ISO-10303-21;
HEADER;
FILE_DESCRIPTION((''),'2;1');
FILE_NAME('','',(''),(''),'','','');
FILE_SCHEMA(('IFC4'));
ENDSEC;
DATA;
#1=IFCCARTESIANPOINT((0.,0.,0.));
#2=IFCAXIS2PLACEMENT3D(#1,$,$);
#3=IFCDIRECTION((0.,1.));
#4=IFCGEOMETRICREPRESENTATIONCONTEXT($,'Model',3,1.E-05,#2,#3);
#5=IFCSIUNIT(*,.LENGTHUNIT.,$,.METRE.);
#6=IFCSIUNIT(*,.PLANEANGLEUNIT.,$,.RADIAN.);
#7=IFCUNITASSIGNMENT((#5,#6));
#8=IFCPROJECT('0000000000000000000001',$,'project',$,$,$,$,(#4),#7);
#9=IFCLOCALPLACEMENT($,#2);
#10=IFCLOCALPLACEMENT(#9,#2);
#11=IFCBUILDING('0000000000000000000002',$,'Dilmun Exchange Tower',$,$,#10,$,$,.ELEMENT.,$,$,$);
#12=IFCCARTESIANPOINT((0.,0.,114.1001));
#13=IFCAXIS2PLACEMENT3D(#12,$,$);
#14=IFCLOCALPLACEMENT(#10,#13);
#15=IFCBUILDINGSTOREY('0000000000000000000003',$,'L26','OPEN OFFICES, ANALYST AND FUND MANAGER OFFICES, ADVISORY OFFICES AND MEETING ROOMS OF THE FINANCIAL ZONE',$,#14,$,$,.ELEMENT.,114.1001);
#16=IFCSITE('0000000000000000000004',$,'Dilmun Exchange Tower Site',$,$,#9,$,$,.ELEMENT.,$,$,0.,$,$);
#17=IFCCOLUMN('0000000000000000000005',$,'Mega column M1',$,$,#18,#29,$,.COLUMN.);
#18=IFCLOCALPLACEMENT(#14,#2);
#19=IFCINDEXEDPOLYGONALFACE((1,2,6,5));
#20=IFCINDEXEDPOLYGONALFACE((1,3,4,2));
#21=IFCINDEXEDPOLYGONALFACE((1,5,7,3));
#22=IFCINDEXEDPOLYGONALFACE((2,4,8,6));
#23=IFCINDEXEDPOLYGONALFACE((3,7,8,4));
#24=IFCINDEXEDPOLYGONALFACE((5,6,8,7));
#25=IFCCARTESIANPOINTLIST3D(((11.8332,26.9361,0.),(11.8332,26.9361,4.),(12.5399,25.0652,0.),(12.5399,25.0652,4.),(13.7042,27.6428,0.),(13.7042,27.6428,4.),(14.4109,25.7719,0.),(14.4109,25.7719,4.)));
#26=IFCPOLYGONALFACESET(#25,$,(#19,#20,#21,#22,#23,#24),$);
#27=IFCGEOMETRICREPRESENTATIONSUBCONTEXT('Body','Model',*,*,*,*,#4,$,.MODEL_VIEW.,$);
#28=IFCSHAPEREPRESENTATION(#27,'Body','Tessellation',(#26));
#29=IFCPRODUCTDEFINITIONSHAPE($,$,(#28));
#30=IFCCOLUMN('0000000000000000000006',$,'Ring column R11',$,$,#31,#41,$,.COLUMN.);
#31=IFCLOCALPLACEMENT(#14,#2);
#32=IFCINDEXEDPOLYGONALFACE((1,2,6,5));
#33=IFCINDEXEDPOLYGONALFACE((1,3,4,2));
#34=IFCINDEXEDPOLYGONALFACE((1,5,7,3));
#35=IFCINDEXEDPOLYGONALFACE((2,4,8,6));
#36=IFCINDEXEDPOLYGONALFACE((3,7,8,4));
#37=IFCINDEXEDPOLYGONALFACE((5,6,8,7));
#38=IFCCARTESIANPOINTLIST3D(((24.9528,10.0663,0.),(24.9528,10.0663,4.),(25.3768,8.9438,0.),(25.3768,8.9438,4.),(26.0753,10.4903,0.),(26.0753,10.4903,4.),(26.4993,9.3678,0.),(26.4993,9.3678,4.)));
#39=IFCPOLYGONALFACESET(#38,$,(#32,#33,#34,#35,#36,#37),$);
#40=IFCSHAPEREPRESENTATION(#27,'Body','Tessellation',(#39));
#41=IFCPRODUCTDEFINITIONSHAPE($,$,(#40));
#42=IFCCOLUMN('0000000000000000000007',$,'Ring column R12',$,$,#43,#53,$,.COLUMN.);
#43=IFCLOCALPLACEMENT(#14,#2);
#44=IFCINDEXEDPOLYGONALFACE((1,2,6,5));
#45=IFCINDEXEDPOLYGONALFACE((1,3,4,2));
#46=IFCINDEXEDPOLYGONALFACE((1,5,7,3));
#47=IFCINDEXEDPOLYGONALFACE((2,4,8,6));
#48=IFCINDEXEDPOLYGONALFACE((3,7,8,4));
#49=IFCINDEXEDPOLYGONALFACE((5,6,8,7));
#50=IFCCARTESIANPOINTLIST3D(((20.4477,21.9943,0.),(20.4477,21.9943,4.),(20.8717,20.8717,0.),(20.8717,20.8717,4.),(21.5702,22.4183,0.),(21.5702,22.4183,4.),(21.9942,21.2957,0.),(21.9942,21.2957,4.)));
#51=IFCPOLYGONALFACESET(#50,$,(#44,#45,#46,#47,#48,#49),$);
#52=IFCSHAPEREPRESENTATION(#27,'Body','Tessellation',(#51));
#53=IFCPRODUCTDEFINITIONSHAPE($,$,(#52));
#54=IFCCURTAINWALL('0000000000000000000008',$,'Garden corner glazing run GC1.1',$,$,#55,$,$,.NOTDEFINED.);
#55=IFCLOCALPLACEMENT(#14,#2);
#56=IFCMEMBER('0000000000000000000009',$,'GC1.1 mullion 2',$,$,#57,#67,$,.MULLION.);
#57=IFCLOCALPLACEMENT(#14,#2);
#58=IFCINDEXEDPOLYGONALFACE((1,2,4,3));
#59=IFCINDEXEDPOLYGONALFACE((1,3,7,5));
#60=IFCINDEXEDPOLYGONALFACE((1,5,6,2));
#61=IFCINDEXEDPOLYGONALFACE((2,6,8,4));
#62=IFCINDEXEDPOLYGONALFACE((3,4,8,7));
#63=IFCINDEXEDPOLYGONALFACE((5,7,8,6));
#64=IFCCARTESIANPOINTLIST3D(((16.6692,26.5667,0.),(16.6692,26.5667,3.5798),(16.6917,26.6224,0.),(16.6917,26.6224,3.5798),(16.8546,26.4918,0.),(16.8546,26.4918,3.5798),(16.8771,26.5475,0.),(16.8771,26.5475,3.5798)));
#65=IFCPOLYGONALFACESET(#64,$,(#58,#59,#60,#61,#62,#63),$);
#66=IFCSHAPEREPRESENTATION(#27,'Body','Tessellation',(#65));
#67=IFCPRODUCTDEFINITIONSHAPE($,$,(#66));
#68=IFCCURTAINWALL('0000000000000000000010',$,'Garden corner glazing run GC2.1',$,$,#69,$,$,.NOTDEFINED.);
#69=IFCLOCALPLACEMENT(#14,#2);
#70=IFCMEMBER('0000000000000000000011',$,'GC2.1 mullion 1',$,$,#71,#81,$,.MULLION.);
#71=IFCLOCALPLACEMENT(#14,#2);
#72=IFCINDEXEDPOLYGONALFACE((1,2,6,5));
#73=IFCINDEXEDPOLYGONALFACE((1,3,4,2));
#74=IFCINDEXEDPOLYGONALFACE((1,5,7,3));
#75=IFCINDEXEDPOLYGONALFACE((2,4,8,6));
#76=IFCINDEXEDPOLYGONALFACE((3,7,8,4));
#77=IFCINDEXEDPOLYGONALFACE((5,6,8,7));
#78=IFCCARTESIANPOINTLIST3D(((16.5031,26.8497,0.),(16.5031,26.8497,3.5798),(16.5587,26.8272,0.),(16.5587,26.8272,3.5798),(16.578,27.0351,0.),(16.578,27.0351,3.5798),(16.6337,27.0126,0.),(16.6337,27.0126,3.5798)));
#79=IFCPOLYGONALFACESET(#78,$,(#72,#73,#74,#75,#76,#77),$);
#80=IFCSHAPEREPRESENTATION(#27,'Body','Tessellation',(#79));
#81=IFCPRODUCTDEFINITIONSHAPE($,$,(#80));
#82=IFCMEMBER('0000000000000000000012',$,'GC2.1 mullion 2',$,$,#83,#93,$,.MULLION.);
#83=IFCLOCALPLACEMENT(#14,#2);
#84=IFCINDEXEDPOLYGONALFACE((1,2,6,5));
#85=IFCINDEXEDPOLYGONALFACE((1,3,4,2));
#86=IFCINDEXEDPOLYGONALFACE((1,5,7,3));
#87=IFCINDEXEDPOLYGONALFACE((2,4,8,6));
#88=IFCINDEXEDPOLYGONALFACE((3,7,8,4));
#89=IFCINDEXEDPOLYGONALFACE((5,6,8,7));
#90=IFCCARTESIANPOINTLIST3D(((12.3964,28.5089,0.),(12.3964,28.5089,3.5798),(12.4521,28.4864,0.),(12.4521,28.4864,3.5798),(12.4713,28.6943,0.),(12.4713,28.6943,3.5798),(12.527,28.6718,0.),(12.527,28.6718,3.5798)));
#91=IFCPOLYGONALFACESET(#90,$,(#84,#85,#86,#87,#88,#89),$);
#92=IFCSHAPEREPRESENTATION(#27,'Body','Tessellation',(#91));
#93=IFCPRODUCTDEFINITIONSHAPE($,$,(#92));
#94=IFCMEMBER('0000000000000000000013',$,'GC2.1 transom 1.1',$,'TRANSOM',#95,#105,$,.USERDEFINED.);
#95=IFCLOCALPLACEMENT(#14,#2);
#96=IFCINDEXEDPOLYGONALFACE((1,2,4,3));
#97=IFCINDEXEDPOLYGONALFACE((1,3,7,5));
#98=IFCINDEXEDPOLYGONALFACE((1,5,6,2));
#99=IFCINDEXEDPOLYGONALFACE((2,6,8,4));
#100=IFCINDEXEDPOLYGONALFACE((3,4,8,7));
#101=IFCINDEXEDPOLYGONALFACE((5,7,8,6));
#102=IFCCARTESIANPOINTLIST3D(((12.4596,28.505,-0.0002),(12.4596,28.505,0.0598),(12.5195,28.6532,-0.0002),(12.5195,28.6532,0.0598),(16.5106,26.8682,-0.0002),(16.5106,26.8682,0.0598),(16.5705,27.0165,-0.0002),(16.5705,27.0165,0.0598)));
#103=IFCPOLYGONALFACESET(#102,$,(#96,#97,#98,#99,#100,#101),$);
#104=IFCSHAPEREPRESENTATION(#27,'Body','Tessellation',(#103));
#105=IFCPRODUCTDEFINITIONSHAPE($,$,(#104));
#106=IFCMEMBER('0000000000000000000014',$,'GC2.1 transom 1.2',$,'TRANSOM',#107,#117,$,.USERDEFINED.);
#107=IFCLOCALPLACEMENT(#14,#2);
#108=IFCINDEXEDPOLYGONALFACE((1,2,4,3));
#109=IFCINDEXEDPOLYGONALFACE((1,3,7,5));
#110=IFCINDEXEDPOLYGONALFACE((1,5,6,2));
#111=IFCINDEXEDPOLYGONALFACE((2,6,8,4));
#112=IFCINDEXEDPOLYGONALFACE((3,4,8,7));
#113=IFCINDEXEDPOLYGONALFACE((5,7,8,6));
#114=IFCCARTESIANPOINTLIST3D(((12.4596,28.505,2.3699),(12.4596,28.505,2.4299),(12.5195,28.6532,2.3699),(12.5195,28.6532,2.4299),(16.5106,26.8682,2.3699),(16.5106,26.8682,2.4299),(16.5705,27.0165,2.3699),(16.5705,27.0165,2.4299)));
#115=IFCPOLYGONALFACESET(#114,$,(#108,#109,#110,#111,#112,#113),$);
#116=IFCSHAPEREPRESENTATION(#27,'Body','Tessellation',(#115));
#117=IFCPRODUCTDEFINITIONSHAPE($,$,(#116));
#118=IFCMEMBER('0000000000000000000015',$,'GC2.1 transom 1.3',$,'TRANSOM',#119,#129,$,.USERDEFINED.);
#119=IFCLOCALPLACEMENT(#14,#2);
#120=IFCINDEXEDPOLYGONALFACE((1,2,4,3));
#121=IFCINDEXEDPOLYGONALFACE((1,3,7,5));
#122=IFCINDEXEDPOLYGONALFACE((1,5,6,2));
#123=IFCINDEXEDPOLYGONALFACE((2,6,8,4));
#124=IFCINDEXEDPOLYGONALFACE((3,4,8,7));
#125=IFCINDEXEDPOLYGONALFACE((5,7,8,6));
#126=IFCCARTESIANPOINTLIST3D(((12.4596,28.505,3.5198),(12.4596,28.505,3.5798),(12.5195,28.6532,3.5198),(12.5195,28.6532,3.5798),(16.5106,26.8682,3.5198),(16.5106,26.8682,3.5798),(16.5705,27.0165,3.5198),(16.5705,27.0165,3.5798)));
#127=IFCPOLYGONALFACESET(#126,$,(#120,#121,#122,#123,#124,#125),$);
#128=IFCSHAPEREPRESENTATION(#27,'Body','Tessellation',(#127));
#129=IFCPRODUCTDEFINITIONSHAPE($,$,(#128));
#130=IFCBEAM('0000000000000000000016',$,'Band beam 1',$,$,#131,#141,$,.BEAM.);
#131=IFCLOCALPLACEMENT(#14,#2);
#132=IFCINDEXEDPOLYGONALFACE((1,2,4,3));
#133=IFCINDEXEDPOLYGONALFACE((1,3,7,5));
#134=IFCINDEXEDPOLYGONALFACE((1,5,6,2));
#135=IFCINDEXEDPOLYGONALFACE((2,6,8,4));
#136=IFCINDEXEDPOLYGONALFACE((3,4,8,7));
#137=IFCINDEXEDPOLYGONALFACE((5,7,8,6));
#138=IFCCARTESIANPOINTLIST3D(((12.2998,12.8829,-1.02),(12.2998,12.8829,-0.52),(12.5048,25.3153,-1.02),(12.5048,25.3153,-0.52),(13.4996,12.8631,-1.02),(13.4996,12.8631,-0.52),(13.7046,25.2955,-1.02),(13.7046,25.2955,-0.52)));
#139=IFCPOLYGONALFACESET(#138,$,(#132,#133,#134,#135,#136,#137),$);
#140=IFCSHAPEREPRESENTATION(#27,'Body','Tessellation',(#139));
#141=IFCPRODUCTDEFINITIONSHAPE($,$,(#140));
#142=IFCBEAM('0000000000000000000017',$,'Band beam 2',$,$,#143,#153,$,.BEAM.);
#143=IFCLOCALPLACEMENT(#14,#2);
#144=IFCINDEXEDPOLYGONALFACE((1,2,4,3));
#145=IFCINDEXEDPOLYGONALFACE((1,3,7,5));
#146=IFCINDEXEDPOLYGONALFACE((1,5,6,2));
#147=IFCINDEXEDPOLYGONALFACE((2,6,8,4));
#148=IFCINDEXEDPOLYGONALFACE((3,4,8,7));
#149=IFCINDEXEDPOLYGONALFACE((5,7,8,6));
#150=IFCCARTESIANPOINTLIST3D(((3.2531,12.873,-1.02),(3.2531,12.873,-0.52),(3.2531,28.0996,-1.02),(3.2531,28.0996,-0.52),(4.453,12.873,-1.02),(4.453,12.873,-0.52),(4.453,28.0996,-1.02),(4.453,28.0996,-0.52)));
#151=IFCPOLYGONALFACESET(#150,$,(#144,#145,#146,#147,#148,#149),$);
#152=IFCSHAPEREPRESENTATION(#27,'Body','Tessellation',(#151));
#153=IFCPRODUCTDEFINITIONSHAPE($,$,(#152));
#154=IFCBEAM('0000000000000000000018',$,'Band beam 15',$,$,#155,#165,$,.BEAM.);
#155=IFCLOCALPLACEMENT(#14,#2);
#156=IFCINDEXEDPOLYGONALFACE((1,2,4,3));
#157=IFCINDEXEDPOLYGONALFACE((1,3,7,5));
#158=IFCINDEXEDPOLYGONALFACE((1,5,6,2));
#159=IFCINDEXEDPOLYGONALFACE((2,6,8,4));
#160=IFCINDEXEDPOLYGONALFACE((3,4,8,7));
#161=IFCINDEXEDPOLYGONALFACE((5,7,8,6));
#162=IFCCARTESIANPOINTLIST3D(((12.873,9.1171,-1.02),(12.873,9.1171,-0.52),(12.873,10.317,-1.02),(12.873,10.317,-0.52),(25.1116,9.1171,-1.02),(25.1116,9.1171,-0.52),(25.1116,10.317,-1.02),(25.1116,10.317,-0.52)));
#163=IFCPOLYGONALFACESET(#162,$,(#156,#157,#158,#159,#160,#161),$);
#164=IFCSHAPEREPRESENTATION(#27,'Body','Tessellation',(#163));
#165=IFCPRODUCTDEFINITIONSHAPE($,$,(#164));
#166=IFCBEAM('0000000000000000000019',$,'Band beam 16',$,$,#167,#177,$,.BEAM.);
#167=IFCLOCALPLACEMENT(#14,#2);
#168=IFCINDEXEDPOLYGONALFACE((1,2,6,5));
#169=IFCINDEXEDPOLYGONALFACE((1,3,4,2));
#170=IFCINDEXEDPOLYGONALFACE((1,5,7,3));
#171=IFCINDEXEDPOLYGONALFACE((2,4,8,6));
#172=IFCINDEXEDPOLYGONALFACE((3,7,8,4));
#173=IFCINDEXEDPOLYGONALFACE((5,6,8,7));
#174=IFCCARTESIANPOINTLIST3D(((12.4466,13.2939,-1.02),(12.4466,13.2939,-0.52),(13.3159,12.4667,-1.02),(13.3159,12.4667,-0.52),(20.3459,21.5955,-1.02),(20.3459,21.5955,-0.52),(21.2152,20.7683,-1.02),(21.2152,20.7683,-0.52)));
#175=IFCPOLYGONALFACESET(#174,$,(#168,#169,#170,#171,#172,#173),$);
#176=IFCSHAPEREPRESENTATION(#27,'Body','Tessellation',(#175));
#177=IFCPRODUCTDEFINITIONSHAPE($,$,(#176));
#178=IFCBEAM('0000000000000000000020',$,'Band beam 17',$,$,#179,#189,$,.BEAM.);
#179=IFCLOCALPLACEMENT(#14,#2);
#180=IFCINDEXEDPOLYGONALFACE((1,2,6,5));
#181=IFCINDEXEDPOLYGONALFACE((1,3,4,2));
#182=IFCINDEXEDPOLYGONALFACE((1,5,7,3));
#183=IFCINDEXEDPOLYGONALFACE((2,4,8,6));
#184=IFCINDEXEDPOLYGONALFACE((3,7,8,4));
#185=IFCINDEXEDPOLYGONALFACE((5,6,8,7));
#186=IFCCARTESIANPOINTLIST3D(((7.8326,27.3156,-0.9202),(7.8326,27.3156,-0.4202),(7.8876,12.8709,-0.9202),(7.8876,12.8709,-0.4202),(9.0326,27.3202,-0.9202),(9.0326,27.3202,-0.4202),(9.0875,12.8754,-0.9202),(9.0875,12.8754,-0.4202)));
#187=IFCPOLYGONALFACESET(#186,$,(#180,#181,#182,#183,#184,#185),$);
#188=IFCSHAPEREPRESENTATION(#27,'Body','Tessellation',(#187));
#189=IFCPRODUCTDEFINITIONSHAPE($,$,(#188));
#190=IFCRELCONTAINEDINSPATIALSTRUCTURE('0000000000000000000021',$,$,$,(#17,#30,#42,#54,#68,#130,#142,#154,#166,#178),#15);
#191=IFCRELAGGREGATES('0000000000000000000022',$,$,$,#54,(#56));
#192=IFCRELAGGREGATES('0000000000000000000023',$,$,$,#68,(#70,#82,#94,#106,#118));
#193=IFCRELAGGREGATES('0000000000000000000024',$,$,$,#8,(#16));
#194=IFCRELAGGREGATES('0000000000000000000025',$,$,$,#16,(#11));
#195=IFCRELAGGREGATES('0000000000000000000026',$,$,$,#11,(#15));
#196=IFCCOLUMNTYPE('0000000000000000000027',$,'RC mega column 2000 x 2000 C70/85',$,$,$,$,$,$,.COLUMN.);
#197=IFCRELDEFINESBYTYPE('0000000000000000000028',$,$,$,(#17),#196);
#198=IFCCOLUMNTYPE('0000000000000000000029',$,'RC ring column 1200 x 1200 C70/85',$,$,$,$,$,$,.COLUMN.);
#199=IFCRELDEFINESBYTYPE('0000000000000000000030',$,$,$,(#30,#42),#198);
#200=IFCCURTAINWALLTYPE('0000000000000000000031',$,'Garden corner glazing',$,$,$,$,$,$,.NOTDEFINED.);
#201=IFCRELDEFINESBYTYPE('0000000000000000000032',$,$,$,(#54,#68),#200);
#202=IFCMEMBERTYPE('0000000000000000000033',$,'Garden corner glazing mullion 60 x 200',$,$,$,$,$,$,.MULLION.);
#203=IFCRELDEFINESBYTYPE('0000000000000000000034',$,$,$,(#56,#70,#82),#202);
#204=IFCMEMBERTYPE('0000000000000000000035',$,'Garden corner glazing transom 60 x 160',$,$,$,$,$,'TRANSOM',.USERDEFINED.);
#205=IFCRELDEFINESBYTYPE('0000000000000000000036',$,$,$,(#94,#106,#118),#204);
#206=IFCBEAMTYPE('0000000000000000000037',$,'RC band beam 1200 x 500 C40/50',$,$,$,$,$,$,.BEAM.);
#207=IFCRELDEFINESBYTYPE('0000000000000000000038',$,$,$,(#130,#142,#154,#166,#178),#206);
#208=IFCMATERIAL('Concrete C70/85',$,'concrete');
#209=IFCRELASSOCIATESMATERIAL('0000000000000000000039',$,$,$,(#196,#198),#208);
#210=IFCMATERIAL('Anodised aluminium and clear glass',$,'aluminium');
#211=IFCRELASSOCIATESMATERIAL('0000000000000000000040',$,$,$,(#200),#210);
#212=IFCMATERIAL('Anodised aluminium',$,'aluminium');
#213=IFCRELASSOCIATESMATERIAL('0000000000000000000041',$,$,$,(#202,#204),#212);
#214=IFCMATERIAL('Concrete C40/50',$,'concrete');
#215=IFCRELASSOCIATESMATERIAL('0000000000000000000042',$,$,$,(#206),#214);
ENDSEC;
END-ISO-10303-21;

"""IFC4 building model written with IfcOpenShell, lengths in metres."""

from ifc_helpers import new_model, si_unit, direction, frame, origin, origin_2d, place, context, subcontext, project, spatial, rectangle, extrude, material, material_profile, profile_set, type_object, element, aggregate, save


model = new_model("IFC4")

# Units and contexts
model_context = context("Model", 3, precision=1e-05, world=origin(), true_north=direction((0.0, 1.0)))
body_context = subcontext(model_context, "Body", "Model", "MODEL_VIEW")
ifc_project = project(units=[si_unit("LENGTHUNIT", "METRE"), si_unit("PLANEANGLEUNIT", "RADIAN")], contexts=[model_context])

# Site, building, storey
site_placement = place(None, origin())
site = spatial("IfcSite", under=ifc_project, at=site_placement, Name="Dilmun Exchange Tower Site", CompositionType="ELEMENT", RefElevation=0.0)
building_placement = place(site_placement, origin())
building = spatial("IfcBuilding", under=site, at=building_placement, Name="Dilmun Exchange Tower", CompositionType="ELEMENT")
storey_placement = place(building_placement, frame((0.0, 0.0, 114.1001)))
storey = spatial("IfcBuildingStorey", under=building, at=storey_placement, Name="L26", Description="OPEN OFFICES, ANALYST AND FUND MANAGER OFFICES, ADVISORY OFFICES AND MEETING ROOMS OF THE FINANCIAL ZONE", CompositionType="ELEMENT", Elevation=114.1001)

# Columns
ifc_material_1 = material(Name="Concrete C70/85", Category="concrete")
ifc_material_profile_1 = material_profile(ifc_material_1, rectangle(XDim=2.0, YDim=2.0, at=origin_2d()), Name="2000 x 2000")
ifc_profile_set_1 = profile_set([ifc_material_profile_1], Name="Concrete C70/85")
column_type_1 = type_object("IfcColumnType", Name="RC mega column 2000 x 2000 C70/85", PredefinedType="COLUMN", material=ifc_profile_set_1)
column_placement = place(storey_placement, frame((13.1221, 26.354, 0.0), z_axis=(0.0, 0.0, 1.0), x_axis=(0.935492, 0.353349, 0.0)))
element("IfcColumn", 1, at=column_placement, inside=storey, type_object=column_type_1, Name="Mega column M1", PredefinedType="COLUMN", context=body_context, shape_type="SweptSolid", body=[
    extrude(rectangle(XDim=2.0, YDim=2.0, at=origin_2d()), origin(), (0.0, 0.0, 1.0), 4.0),
])
ifc_material_profile_2 = material_profile(ifc_material_1, rectangle(XDim=1.2, YDim=1.2, at=origin_2d()), Name="1200 x 1200")
ifc_profile_set_2 = profile_set([ifc_material_profile_2], Name="Concrete C70/85")
column_type_2 = type_object("IfcColumnType", Name="RC ring column 1200 x 1200 C70/85", PredefinedType="COLUMN", material=ifc_profile_set_2)
for number, where, z_axis, x_axis, name in (
    (2, (25.7261, 9.717, 0.0), (0.0, 0.0, 1.0), (0.935492, 0.353349, 0.0), "Ring column R11"),
    (3, (21.2209, 21.645, 0.0), (0.0, 0.0, 1.0), (0.935492, 0.353349, 0.0), "Ring column R12"),
):
    element("IfcColumn", number, at=place(storey_placement, frame(where, z_axis=z_axis, x_axis=x_axis)), inside=storey, type_object=column_type_2, Name=name, PredefinedType="COLUMN", context=body_context, shape_type="SweptSolid", body=[
        extrude(rectangle(XDim=1.2, YDim=1.2, at=origin_2d()), origin(), (0.0, 0.0, 1.0), 4.0),
    ])

# Curtain wall, member
ifc_material_2 = material(Name="Anodised aluminium and clear glass", Category="aluminium")
curtain_wall_type = type_object("IfcCurtainWallType", Name="Garden corner glazing", PredefinedType="NOTDEFINED", material=ifc_material_2)
curtain_wall_1_placement = place(storey_placement, origin())
curtain_wall_1 = element("IfcCurtainWall", 4, at=curtain_wall_1_placement, inside=storey, type_object=curtain_wall_type, Name="Garden corner glazing run GC1.1", PredefinedType="NOTDEFINED")
ifc_material_3 = material(Name="Anodised aluminium", Category="aluminium")
ifc_material_profile_3 = material_profile(ifc_material_3, rectangle(XDim=0.2, YDim=0.0601, at=origin_2d()), Name="AL 60x200")
ifc_profile_set_3 = profile_set([ifc_material_profile_3], Name="Anodised aluminium")
member_type_1 = type_object("IfcMemberType", Name="Garden corner glazing mullion 60 x 200", PredefinedType="MULLION", material=ifc_profile_set_3)
member_1_placement = place(storey_placement, frame((16.7732, 26.5571, 0.0), z_axis=(0.0, 0.0, 1.0), x_axis=(0.927182, -0.374612, 0.0)))
member_1 = element("IfcMember", 5, at=member_1_placement, type_object=member_type_1, Name="GC1.1 mullion 2", PredefinedType="MULLION", context=body_context, shape_type="SweptSolid", body=[
    extrude(rectangle(XDim=0.2, YDim=0.0601, at=origin_2d()), origin(), (0.0, 0.0, 1.0), 3.5798),
])
aggregate(curtain_wall_1, [member_1])

# Curtain wall, members
curtain_wall_2_placement = place(storey_placement, origin())
curtain_wall_2 = element("IfcCurtainWall", 6, at=curtain_wall_2_placement, inside=storey, type_object=curtain_wall_type, Name="Garden corner glazing run GC2.1", PredefinedType="NOTDEFINED")
member_2_placement = place(storey_placement, frame((16.5684, 26.9312, 0.0), z_axis=(0.0, 0.0, 1.0), x_axis=(-0.374618, -0.927179, 0.0)))
member_2 = element("IfcMember", 7, at=member_2_placement, type_object=member_type_1, Name="GC2.1 mullion 1", PredefinedType="MULLION", context=body_context, shape_type="SweptSolid", body=[
    extrude(rectangle(XDim=0.2, YDim=0.0601, at=origin_2d()), origin(), (0.0, 0.0, 1.0), 3.5798),
])
member_3_placement = place(storey_placement, frame((12.4617, 28.5903, 0.0), z_axis=(0.0, 0.0, 1.0), x_axis=(-0.374618, -0.927179, 0.0)))
member_3 = element("IfcMember", 8, at=member_3_placement, type_object=member_type_1, Name="GC2.1 mullion 2", PredefinedType="MULLION", context=body_context, shape_type="SweptSolid", body=[
    extrude(rectangle(XDim=0.2, YDim=0.0601, at=origin_2d()), origin(), (0.0, 0.0, 1.0), 3.5798),
])
ifc_material_profile_4 = material_profile(ifc_material_3, rectangle(XDim=0.1599, YDim=0.0601, at=origin_2d()), Name="AL 60x160")
ifc_profile_set_4 = profile_set([ifc_material_profile_4], Name="Anodised aluminium")
member_type_2 = type_object("IfcMemberType", Name="Garden corner glazing transom 60 x 160", ElementType="TRANSOM", PredefinedType="USERDEFINED", material=ifc_profile_set_4)
member_4_placement = place(storey_placement, frame((16.5405, 26.9424, 0.0298), z_axis=(-0.927184, 0.374606, 0.0), x_axis=(-0.374606, -0.927184, 0.0)))
member_4 = element("IfcMember", 9, at=member_4_placement, type_object=member_type_2, Name="GC2.1 transom 1.1", ObjectType="TRANSOM", PredefinedType="USERDEFINED", context=body_context, shape_type="SweptSolid", body=[
    extrude(rectangle(XDim=0.1599, YDim=0.0601, at=origin_2d()), origin(), (0.0, 0.0, 1.0), 4.3691),
])
member_5_placement = place(storey_placement, frame((16.5405, 26.9424, 2.3999), z_axis=(-0.927184, 0.374606, 0.0), x_axis=(-0.374606, -0.927184, 0.0)))
member_5 = element("IfcMember", 10, at=member_5_placement, type_object=member_type_2, Name="GC2.1 transom 1.2", ObjectType="TRANSOM", PredefinedType="USERDEFINED", context=body_context, shape_type="SweptSolid", body=[
    extrude(rectangle(XDim=0.1599, YDim=0.0601, at=origin_2d()), origin(), (0.0, 0.0, 1.0), 4.3691),
])
member_6_placement = place(storey_placement, frame((16.5405, 26.9424, 3.5498), z_axis=(-0.927184, 0.374606, 0.0), x_axis=(-0.374606, -0.927184, 0.0)))
member_6 = element("IfcMember", 11, at=member_6_placement, type_object=member_type_2, Name="GC2.1 transom 1.3", ObjectType="TRANSOM", PredefinedType="USERDEFINED", context=body_context, shape_type="SweptSolid", body=[
    extrude(rectangle(XDim=0.1599, YDim=0.0601, at=origin_2d()), origin(), (0.0, 0.0, 1.0), 4.3691),
])

# Beams
ifc_material_4 = material(Name="Concrete C40/50", Category="concrete")
ifc_material_profile_5 = material_profile(ifc_material_4, rectangle(XDim=1.2, YDim=0.5, at=origin_2d()), Name="1200 x 500")
ifc_profile_set_5 = profile_set([ifc_material_profile_5], Name="Concrete C40/50")
beam_type_1 = type_object("IfcBeamType", Name="RC band beam 1200 x 500 C40/50", PredefinedType="BEAM", material=ifc_profile_set_5)
beam_1_placement = place(storey_placement, frame((13.1047, 25.3054, -0.77), z_axis=(-0.016493, -0.999864, 0.0), x_axis=(0.999864, -0.016493, 0.0)))
element("IfcBeam", 12, at=beam_1_placement, inside=storey, type_object=beam_type_1, Name="Band beam 1", PredefinedType="BEAM", context=body_context, shape_type="SweptSolid", body=[
    extrude(rectangle(XDim=1.2, YDim=0.5, at=origin_2d()), origin(), (0.0, 0.0, 1.0), 12.4341),
])
beam_2_placement = place(storey_placement, frame((3.853, 28.0996, -0.77), z_axis=(0.0, -1.0, 0.0), x_axis=(1.0, 0.0, 0.0)))
element("IfcBeam", 13, at=beam_2_placement, inside=storey, type_object=beam_type_1, Name="Band beam 2", PredefinedType="BEAM", context=body_context, shape_type="SweptSolid", body=[
    extrude(rectangle(XDim=1.2, YDim=0.5, at=origin_2d()), origin(), (0.0, 0.0, 1.0), 15.2266),
])
beam_3_placement = place(storey_placement, frame((25.1116, 9.717, -0.77), z_axis=(-1.0, 0.0, 0.0), x_axis=(0.0, -1.0, 0.0)))
element("IfcBeam", 14, at=beam_3_placement, inside=storey, type_object=beam_type_1, Name="Band beam 15", PredefinedType="BEAM", context=body_context, shape_type="SweptSolid", body=[
    extrude(rectangle(XDim=1.2, YDim=0.5, at=origin_2d()), origin(), (0.0, 0.0, 1.0), 12.2385),
])
beam_4_placement = place(storey_placement, frame((20.7805, 21.1819, -0.77), z_axis=(-0.689333, -0.724444, 0.0), x_axis=(0.724444, -0.689333, 0.0)))
element("IfcBeam", 15, at=beam_4_placement, inside=storey, type_object=beam_type_1, Name="Band beam 16", PredefinedType="BEAM", context=body_context, shape_type="SweptSolid", body=[
    extrude(rectangle(XDim=1.2, YDim=0.5, at=origin_2d()), origin(), (0.0, 0.0, 1.0), 11.4592),
])
beam_5_placement = place(storey_placement, frame((8.4326, 27.3179, -0.6702), z_axis=(0.003803, -0.999993, 0.0), x_axis=(0.999993, 0.003803, 0.0)))
element("IfcBeam", 16, at=beam_5_placement, inside=storey, type_object=beam_type_1, Name="Band beam 17", PredefinedType="BEAM", context=body_context, shape_type="SweptSolid", body=[
    extrude(rectangle(XDim=1.2, YDim=0.5, at=origin_2d()), origin(), (0.0, 0.0, 1.0), 14.4448),
])

aggregate(curtain_wall_2, [member_2, member_3, member_4, member_5, member_6])

save(model, "model.ifc")
